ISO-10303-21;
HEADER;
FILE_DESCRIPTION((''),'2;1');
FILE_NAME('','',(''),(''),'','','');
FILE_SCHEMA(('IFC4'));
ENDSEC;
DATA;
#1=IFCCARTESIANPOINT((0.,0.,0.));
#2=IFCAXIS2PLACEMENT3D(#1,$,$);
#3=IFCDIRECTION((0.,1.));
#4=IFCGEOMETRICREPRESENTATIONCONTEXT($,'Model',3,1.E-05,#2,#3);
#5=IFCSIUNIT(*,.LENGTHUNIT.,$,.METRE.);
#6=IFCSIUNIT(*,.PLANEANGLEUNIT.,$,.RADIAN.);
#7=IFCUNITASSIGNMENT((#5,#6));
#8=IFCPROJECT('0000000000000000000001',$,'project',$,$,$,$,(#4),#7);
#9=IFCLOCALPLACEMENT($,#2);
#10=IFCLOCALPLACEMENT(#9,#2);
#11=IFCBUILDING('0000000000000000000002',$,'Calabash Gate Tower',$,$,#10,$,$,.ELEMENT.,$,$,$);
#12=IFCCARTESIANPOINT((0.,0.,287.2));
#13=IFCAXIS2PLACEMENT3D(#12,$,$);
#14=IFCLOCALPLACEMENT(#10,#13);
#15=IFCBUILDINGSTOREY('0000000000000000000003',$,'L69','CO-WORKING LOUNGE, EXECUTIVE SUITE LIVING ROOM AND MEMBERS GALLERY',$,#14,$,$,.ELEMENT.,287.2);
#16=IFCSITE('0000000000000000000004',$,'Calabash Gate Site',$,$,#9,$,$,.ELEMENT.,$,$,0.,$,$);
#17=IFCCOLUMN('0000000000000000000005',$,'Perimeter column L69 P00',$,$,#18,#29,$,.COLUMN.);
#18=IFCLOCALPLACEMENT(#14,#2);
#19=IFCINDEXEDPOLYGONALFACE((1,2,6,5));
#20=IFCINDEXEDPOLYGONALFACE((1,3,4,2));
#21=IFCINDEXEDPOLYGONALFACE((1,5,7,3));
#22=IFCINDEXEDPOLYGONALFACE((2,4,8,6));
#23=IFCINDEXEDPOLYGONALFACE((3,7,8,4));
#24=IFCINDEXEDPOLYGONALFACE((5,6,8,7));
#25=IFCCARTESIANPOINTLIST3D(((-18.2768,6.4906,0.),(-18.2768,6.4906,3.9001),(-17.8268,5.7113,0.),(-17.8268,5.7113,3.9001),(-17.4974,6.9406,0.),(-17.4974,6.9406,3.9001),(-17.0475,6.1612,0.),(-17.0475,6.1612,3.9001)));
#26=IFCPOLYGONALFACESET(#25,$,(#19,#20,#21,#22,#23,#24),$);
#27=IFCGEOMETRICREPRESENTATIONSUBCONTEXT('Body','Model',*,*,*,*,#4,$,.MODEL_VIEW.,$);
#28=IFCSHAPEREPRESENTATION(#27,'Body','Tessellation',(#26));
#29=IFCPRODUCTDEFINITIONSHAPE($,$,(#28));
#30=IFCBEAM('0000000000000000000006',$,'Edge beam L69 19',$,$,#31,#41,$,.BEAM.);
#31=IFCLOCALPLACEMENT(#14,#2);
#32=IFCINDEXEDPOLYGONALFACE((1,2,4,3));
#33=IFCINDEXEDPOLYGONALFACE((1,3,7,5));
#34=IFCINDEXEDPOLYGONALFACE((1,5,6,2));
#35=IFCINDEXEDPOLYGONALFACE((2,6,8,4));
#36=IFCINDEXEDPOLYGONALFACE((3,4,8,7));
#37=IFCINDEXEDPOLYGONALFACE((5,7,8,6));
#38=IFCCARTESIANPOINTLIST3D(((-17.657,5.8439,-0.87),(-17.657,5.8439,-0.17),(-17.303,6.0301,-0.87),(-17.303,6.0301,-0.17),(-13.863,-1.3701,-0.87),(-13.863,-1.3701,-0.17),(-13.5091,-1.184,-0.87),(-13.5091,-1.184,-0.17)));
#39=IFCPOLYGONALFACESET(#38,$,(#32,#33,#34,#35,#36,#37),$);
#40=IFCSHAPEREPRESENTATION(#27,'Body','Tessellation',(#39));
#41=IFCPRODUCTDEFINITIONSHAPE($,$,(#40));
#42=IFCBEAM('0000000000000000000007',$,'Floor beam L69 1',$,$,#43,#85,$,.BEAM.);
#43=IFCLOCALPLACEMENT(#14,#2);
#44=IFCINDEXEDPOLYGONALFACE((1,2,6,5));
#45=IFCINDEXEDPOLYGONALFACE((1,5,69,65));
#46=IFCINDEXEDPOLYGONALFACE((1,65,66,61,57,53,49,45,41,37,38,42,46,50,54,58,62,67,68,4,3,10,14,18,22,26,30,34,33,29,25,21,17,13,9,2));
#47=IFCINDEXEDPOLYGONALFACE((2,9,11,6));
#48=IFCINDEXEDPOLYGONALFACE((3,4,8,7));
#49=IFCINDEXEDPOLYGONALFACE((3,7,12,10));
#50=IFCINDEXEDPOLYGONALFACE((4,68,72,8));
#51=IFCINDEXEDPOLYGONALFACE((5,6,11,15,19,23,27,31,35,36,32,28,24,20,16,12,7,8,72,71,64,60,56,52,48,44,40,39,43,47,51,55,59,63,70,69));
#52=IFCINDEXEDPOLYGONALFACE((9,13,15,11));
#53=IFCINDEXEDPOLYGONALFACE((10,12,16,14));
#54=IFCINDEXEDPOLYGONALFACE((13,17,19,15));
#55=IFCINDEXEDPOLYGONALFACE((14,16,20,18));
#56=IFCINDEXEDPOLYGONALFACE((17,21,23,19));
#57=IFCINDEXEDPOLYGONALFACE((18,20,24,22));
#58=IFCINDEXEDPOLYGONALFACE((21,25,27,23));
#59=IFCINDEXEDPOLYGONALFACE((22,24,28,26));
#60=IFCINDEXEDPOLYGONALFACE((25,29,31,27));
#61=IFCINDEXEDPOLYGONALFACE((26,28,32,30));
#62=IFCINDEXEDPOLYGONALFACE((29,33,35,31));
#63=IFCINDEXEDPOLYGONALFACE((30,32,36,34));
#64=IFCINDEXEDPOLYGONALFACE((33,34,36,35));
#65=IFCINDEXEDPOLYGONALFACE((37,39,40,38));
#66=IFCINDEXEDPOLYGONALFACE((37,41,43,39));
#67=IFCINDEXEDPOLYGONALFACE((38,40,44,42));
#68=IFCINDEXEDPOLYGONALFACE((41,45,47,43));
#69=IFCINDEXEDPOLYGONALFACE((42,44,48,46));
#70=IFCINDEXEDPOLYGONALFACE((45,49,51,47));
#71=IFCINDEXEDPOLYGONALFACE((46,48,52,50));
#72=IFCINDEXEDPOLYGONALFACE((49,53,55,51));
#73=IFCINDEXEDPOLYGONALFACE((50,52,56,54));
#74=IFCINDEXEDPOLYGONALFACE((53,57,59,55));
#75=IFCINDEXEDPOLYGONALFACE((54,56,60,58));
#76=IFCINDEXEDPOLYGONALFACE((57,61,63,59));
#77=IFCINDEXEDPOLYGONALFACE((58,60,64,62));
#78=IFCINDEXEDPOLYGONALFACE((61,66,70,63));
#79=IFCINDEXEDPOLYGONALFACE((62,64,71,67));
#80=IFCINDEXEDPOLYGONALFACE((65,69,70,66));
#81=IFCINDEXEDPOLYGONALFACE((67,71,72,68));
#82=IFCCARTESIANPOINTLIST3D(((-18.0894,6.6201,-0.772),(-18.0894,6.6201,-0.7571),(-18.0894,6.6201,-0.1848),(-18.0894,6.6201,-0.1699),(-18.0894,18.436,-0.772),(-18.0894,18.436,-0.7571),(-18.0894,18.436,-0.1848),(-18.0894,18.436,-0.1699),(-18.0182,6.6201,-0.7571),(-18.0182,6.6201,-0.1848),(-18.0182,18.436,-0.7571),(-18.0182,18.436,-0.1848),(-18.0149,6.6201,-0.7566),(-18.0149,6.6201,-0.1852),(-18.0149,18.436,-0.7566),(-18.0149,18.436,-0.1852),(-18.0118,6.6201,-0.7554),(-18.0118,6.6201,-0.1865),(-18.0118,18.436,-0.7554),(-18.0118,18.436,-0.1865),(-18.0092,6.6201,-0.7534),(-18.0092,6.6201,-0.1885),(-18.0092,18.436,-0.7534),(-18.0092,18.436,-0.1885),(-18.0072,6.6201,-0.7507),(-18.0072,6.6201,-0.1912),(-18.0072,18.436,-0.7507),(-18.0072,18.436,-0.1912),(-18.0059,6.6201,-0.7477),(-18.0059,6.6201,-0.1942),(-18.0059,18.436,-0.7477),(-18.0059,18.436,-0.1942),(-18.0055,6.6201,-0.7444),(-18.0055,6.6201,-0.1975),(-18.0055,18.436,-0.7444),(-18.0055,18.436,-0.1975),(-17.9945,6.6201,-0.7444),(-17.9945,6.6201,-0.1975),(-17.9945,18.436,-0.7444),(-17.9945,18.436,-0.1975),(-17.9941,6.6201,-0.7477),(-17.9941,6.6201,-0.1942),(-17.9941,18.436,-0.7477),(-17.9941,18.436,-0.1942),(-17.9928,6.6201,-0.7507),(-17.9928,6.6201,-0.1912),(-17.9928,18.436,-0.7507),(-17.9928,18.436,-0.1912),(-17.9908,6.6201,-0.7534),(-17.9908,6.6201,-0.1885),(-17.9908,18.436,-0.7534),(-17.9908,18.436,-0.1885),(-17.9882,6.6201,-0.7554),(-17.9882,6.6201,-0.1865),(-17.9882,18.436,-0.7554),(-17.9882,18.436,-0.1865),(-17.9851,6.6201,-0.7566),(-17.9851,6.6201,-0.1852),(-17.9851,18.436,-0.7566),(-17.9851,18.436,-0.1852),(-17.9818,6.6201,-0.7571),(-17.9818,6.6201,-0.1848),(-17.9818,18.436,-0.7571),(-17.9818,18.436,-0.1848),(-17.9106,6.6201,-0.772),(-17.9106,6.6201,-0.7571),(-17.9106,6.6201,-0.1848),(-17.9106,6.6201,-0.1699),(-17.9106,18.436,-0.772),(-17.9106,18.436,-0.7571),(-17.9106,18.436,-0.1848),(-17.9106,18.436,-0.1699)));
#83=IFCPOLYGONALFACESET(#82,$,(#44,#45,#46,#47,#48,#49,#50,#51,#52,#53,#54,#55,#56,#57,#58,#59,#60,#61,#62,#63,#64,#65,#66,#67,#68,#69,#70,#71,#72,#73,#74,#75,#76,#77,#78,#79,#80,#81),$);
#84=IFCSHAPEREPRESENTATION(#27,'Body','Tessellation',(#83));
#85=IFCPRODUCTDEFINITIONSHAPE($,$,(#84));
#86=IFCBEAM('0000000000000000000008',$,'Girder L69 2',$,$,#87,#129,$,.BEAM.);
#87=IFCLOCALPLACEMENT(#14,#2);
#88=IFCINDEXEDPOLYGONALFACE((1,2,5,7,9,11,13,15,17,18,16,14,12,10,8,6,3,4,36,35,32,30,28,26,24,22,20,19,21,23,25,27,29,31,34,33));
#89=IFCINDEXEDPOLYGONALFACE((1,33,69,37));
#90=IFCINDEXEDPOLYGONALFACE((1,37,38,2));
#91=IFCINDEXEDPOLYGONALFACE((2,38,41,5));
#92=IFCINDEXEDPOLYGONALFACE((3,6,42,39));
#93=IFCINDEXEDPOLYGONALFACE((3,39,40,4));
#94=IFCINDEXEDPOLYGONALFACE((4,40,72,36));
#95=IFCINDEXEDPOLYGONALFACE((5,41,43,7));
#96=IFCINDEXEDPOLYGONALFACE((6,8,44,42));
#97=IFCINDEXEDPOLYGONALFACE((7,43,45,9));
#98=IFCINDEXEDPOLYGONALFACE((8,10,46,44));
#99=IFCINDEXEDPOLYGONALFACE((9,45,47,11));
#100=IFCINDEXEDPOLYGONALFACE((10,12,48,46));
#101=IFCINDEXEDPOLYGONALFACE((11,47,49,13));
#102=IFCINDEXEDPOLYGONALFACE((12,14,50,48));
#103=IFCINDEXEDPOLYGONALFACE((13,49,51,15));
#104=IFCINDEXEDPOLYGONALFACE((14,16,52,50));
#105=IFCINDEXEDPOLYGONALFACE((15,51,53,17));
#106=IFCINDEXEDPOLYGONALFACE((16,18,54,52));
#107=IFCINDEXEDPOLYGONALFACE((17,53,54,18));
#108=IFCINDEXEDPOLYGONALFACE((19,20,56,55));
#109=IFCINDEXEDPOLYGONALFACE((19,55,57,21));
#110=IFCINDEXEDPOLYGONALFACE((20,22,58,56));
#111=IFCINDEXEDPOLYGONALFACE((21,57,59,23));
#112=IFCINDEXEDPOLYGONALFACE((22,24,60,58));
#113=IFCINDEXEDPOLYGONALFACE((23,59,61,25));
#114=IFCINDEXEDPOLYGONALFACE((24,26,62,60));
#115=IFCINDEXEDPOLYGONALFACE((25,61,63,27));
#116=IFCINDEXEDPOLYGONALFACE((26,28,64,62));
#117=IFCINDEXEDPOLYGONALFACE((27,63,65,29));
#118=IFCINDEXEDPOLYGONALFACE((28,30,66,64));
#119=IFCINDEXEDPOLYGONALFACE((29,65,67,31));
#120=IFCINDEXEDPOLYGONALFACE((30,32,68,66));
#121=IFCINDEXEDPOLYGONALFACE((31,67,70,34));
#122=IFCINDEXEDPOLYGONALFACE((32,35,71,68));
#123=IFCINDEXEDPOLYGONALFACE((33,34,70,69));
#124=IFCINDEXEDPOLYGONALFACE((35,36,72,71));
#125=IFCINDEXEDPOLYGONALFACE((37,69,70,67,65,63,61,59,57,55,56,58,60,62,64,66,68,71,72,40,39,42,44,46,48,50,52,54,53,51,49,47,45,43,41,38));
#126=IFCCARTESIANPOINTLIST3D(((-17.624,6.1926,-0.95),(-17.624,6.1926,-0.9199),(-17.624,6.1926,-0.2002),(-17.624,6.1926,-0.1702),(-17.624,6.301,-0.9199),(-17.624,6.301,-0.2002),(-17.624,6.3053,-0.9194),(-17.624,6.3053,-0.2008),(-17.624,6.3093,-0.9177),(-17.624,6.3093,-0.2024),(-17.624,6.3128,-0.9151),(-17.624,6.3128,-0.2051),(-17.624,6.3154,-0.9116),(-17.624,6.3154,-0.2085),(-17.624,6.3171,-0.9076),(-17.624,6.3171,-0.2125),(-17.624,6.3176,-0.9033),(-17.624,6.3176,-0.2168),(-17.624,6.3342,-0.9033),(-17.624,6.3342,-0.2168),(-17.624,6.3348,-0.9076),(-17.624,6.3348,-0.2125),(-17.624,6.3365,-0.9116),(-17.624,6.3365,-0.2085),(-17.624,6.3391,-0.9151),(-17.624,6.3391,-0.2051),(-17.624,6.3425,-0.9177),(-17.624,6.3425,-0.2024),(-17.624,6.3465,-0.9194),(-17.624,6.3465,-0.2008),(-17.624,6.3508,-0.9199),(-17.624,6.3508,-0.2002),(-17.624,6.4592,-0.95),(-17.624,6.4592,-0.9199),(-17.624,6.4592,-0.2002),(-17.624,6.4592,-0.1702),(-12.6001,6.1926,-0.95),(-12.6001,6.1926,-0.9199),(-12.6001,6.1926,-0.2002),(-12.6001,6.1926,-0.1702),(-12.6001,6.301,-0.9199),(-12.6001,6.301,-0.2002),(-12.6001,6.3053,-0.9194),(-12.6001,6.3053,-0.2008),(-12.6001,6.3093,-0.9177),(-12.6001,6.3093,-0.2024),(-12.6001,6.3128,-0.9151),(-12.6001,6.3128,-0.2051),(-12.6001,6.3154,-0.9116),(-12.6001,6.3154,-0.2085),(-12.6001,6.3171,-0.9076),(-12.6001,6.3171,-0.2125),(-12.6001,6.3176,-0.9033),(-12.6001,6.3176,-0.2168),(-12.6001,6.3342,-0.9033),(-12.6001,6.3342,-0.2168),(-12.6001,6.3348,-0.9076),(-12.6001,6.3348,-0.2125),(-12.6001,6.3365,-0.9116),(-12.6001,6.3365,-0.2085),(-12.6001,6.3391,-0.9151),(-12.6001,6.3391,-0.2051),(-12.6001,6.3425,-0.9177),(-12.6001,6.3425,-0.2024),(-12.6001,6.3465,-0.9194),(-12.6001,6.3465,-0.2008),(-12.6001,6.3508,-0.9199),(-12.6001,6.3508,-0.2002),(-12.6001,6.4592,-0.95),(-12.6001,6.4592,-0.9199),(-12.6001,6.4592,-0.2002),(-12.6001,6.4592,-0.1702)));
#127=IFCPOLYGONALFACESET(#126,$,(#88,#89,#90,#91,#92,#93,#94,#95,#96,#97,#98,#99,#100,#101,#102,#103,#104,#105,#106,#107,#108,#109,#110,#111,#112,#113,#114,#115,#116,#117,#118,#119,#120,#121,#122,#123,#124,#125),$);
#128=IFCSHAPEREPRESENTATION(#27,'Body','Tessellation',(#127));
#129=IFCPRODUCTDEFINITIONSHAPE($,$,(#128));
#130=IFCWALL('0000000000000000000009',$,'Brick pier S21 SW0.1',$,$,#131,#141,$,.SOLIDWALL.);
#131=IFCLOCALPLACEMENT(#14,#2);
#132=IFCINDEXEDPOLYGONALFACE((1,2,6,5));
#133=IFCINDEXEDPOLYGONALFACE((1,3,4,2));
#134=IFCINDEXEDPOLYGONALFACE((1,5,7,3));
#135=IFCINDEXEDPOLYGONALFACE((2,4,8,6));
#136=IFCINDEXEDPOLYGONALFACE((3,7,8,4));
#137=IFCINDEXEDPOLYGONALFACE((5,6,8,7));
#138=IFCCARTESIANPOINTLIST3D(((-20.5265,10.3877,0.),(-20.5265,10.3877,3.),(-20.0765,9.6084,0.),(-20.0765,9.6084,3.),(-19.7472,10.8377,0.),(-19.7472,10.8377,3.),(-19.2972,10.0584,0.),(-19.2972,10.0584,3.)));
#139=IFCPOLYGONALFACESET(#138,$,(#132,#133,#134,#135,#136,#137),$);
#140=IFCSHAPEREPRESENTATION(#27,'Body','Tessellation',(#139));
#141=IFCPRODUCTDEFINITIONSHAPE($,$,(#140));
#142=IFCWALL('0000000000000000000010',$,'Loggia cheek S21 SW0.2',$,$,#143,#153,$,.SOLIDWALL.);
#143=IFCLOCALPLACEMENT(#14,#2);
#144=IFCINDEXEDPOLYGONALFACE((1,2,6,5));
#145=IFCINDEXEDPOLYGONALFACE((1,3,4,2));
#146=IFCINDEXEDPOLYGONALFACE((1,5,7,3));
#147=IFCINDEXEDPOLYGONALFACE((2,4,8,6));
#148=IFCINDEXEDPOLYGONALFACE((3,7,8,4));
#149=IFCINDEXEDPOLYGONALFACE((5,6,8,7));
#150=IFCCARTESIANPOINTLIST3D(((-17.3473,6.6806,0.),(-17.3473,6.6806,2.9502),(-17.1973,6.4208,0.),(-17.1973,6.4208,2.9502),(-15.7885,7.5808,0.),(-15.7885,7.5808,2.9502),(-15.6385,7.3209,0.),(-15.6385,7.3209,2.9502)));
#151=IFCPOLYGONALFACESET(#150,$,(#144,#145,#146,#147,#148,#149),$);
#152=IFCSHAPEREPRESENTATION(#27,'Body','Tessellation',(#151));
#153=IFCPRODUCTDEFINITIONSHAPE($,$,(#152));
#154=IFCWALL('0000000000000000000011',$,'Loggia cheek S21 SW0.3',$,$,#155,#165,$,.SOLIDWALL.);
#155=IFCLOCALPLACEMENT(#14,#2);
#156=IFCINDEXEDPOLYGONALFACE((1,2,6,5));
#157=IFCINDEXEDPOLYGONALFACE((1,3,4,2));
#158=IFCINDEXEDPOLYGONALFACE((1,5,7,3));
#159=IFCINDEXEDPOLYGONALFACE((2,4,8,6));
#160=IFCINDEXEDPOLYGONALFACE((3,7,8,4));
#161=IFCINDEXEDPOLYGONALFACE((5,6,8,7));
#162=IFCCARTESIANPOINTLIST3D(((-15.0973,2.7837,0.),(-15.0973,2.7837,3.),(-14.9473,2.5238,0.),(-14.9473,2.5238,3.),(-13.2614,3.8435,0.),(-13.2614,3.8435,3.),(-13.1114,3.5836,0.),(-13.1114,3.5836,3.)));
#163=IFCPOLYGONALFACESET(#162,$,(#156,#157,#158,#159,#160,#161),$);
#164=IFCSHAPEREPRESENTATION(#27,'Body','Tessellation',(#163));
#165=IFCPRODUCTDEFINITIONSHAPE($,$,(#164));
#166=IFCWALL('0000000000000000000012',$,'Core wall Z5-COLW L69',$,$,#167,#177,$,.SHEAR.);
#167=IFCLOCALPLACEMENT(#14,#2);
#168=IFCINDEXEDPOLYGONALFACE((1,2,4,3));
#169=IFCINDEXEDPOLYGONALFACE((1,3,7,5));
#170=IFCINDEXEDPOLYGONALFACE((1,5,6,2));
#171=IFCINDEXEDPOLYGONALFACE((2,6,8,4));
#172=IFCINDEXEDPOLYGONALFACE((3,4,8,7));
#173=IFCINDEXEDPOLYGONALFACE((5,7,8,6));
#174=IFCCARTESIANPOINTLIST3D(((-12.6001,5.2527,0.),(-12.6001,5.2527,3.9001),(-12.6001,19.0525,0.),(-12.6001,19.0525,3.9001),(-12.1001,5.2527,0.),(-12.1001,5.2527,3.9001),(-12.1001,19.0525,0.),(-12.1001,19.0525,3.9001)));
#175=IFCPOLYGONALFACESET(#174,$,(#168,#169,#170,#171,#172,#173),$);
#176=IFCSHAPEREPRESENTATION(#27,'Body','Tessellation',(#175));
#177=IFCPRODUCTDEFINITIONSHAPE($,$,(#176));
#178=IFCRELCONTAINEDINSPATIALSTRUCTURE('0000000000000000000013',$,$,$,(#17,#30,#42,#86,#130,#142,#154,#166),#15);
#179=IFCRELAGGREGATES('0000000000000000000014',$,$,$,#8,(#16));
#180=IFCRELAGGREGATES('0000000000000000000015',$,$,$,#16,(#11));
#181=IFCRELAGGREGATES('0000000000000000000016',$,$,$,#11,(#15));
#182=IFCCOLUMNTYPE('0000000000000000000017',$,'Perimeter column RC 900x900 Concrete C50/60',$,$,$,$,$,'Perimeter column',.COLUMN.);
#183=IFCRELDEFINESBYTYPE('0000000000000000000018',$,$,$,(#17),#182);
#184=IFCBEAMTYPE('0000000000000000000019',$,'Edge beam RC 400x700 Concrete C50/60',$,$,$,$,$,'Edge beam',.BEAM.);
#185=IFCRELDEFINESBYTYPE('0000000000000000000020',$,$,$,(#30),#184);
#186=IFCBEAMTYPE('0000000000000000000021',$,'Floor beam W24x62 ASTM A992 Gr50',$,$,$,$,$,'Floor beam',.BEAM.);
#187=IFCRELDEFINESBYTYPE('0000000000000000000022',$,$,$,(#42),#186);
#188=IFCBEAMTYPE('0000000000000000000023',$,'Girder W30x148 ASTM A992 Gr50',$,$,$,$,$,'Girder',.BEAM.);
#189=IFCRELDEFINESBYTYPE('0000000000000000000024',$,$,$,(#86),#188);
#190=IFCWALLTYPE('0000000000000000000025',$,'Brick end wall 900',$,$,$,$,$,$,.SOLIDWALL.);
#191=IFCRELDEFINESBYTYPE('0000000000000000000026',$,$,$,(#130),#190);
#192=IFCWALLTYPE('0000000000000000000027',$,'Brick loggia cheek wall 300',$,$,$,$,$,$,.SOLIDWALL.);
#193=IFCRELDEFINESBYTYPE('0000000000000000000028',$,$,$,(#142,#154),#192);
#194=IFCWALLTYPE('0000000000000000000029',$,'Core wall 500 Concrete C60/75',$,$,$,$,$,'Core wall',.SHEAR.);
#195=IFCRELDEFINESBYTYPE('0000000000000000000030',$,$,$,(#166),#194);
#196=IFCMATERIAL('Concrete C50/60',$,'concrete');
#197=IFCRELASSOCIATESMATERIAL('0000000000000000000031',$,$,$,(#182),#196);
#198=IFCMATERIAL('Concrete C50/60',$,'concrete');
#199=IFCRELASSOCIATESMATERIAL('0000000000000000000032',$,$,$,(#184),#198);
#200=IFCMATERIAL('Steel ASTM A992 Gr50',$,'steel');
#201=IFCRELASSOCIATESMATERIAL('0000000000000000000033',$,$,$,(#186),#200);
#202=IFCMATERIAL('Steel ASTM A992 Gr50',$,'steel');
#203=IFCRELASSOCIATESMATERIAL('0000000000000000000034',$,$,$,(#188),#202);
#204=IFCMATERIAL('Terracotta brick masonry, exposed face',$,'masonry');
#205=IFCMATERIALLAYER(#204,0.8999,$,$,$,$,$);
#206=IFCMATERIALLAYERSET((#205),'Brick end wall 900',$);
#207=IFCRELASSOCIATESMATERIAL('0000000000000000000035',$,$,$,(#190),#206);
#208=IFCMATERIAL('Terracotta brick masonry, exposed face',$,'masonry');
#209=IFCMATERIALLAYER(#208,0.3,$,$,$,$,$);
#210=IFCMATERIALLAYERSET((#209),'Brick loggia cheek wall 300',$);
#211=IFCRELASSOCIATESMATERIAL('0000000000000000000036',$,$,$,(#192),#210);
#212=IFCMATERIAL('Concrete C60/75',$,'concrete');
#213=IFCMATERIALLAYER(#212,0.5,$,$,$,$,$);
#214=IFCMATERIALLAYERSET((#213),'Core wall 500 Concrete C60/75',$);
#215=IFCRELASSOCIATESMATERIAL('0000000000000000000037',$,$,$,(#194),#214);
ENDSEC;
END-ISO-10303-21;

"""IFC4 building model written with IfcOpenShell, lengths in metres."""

from ifc_helpers import new_model, si_unit, direction, frame, frame_2d, origin, origin_2d, place, context, subcontext, project, spatial, rectangle, i_section, extrude, material, layer, layer_set, material_profile, profile_set, type_object, element, save


model = new_model("IFC4")

# Units and contexts
model_context = context("Model", 3, precision=1e-05, world=origin(), true_north=direction((0.0, 1.0)))
body_context = subcontext(model_context, "Body", "Model", "MODEL_VIEW")
ifc_project = project(units=[si_unit("LENGTHUNIT", "METRE"), si_unit("PLANEANGLEUNIT", "RADIAN")], contexts=[model_context])

# Site, building, storey
site_placement = place(None, origin())
site = spatial("IfcSite", under=ifc_project, at=site_placement, Name="Calabash Gate Site", CompositionType="ELEMENT", RefElevation=0.0)
building_placement = place(site_placement, origin())
building = spatial("IfcBuilding", under=site, at=building_placement, Name="Calabash Gate Tower", CompositionType="ELEMENT")
storey_placement = place(building_placement, frame((0.0, 0.0, 287.2)))
storey = spatial("IfcBuildingStorey", under=building, at=storey_placement, Name="L69", Description="CO-WORKING LOUNGE, EXECUTIVE SUITE LIVING ROOM AND MEMBERS GALLERY", CompositionType="ELEMENT", Elevation=287.2)

# Column
ifc_material_1 = material(Name="Concrete C50/60", Category="concrete")
ifc_material_profile_1 = material_profile(ifc_material_1, rectangle(XDim=0.8999, YDim=0.8999, at=origin_2d()))
ifc_profile_set_1 = profile_set([ifc_material_profile_1], Name="Concrete C50/60")
column_type = type_object("IfcColumnType", Name="Perimeter column RC 900x900 Concrete C50/60", ElementType="Perimeter column", PredefinedType="COLUMN", material=ifc_profile_set_1)
column_placement = place(storey_placement, frame((-17.6621, 6.3259, 0.0), z_axis=(0.0, 0.0, 1.0), x_axis=(0.5, -0.866025, 0.0)))
element("IfcColumn", 1, at=column_placement, inside=storey, type_object=column_type, Name="Perimeter column L69 P00", PredefinedType="COLUMN", context=body_context, shape_type="SweptSolid", body=[
    extrude(rectangle(XDim=0.8999, YDim=0.8999, at=origin_2d()), origin(), (0.0, 0.0, 1.0), 3.9001),
])

# Beams
ifc_material_2 = material(Name="Concrete C50/60", Category="concrete")
ifc_material_profile_2 = material_profile(ifc_material_2, rectangle(XDim=0.3999, YDim=0.7, at=origin_2d()))
ifc_profile_set_2 = profile_set([ifc_material_profile_2], Name="Concrete C50/60")
beam_type_1 = type_object("IfcBeamType", Name="Edge beam RC 400x700 Concrete C50/60", ElementType="Edge beam", PredefinedType="BEAM", material=ifc_profile_set_2)
beam_1_placement = place(storey_placement, frame((-17.48, 5.937, -0.52), z_axis=(0.465462, -0.885068, 0.0), x_axis=(0.885068, 0.465462, 0.0)))
element("IfcBeam", 2, at=beam_1_placement, inside=storey, type_object=beam_type_1, Name="Edge beam L69 19", PredefinedType="BEAM", context=body_context, shape_type="SweptSolid", body=[
    extrude(rectangle(XDim=0.3999, YDim=0.7, at=origin_2d()), origin(), (0.0, 0.0, 1.0), 8.1509),
])
ifc_material_3 = material(Name="Steel ASTM A992 Gr50", Category="steel")
ifc_material_profile_3 = material_profile(ifc_material_3, i_section(OverallWidth=0.1787, OverallDepth=0.6021, WebThickness=0.011, FlangeThickness=0.0149, FilletRadius=0.0127, at=origin_2d()))
ifc_profile_set_3 = profile_set([ifc_material_profile_3], Name="Steel ASTM A992 Gr50")
beam_type_2 = type_object("IfcBeamType", Name="Floor beam W24x62 ASTM A992 Gr50", ElementType="Floor beam", PredefinedType="BEAM", material=ifc_profile_set_3)
beam_2_placement = place(storey_placement, frame((-18.0, 6.6201, -0.4709), z_axis=(0.0, 1.0, 0.0), x_axis=(-1.0, 0.0, 0.0)))
element("IfcBeam", 3, at=beam_2_placement, inside=storey, type_object=beam_type_2, Name="Floor beam L69 1", PredefinedType="BEAM", context=body_context, shape_type="SweptSolid", body=[
    extrude(i_section(OverallWidth=0.1787, OverallDepth=0.6021, WebThickness=0.011, FlangeThickness=0.0149, FilletRadius=0.0127, at=origin_2d()), origin(), (0.0, 0.0, 1.0), 11.8159),
])
ifc_material_4 = material(Name="Steel ASTM A992 Gr50", Category="steel")
ifc_material_profile_4 = material_profile(ifc_material_4, i_section(OverallWidth=0.2666, OverallDepth=0.7798, WebThickness=0.0166, FlangeThickness=0.03, FilletRadius=0.0166, at=origin_2d()))
ifc_profile_set_4 = profile_set([ifc_material_profile_4], Name="Steel ASTM A992 Gr50")
beam_type_3 = type_object("IfcBeamType", Name="Girder W30x148 ASTM A992 Gr50", ElementType="Girder", PredefinedType="BEAM", material=ifc_profile_set_4)
beam_3_placement = place(storey_placement, frame((-17.624, 6.3259, -0.5601), z_axis=(1.0, 0.0, 0.0), x_axis=(0.0, 1.0, 0.0)))
element("IfcBeam", 4, at=beam_3_placement, inside=storey, type_object=beam_type_3, Name="Girder L69 2", PredefinedType="BEAM", context=body_context, shape_type="SweptSolid", body=[
    extrude(i_section(OverallWidth=0.2666, OverallDepth=0.7798, WebThickness=0.0166, FlangeThickness=0.03, FilletRadius=0.0166, at=origin_2d()), origin(), (0.0, 0.0, 1.0), 5.0239),
])

# Walls
ifc_material_5 = material(Name="Terracotta brick masonry, exposed face", Category="masonry")
ifc_layer_1 = layer(ifc_material_5, 0.8999)
ifc_layer_set_1 = layer_set([ifc_layer_1], Name="Brick end wall 900")
wall_type_1 = type_object("IfcWallType", Name="Brick end wall 900", PredefinedType="SOLIDWALL", material=ifc_layer_set_1)
wall_1_placement = place(storey_placement, frame((-20.3015, 9.998, 0.0), z_axis=(0.0, 0.0, 1.0), x_axis=(0.866014, 0.50002, 0.0)))
element("IfcWall", 5, at=wall_1_placement, inside=storey, type_object=wall_type_1, Name="Brick pier S21 SW0.1", PredefinedType="SOLIDWALL", context=body_context, shape_type="SweptSolid", body=[
    extrude(rectangle(XDim=0.8999, YDim=0.8999, at=frame_2d((0.45, 0.0))), origin(), (0.0, 0.0, 1.0), 3.0),
])
ifc_material_6 = material(Name="Terracotta brick masonry, exposed face", Category="masonry")
ifc_layer_2 = layer(ifc_material_6, 0.3)
ifc_layer_set_2 = layer_set([ifc_layer_2], Name="Brick loggia cheek wall 300")
wall_type_2 = type_object("IfcWallType", Name="Brick loggia cheek wall 300", PredefinedType="SOLIDWALL", material=ifc_layer_set_2)
wall_2_placement = place(storey_placement, frame((-17.2722, 6.5508, 0.0), z_axis=(0.0, 0.0, 1.0), x_axis=(0.865989, 0.500063, 0.0)))
element("IfcWall", 6, at=wall_2_placement, inside=storey, type_object=wall_type_2, Name="Loggia cheek S21 SW0.2", PredefinedType="SOLIDWALL", context=body_context, shape_type="SweptSolid", body=[
    extrude(rectangle(XDim=1.8, YDim=0.3, at=frame_2d((0.8999, 0.0))), origin(), (0.0, 0.0, 1.0), 2.9502),
])
wall_3_placement = place(storey_placement, frame((-13.1863, 3.7136, 0.0), z_axis=(0.0, 0.0, 1.0), x_axis=(-0.866059, -0.499942, 0.0)))
element("IfcWall", 7, at=wall_3_placement, inside=storey, type_object=wall_type_2, Name="Loggia cheek S21 SW0.3", PredefinedType="SOLIDWALL", context=body_context, shape_type="SweptSolid", body=[
    extrude(rectangle(XDim=2.1199, YDim=0.3, at=frame_2d((1.0601, 0.0))), origin(), (0.0, 0.0, 1.0), 3.0),
])
ifc_material_7 = material(Name="Concrete C60/75", Category="concrete")
ifc_layer_3 = layer(ifc_material_7, 0.5)
ifc_layer_set_3 = layer_set([ifc_layer_3], Name="Core wall 500 Concrete C60/75")
wall_type_3 = type_object("IfcWallType", Name="Core wall 500 Concrete C60/75", ElementType="Core wall", PredefinedType="SHEAR", material=ifc_layer_set_3)
wall_4_placement = place(storey_placement, frame((-12.3501, 5.2527, 0.0), z_axis=(0.0, 0.0, 1.0), x_axis=(0.0, 1.0, 0.0)))
element("IfcWall", 8, at=wall_4_placement, inside=storey, type_object=wall_type_3, Name="Core wall Z5-COLW L69", PredefinedType="SHEAR", context=body_context, shape_type="SweptSolid", body=[
    extrude(rectangle(XDim=13.7998, YDim=0.5, at=frame_2d((6.8999, 0.0))), origin(), (0.0, 0.0, 1.0), 3.9001),
])

save(model, "model.ifc")
